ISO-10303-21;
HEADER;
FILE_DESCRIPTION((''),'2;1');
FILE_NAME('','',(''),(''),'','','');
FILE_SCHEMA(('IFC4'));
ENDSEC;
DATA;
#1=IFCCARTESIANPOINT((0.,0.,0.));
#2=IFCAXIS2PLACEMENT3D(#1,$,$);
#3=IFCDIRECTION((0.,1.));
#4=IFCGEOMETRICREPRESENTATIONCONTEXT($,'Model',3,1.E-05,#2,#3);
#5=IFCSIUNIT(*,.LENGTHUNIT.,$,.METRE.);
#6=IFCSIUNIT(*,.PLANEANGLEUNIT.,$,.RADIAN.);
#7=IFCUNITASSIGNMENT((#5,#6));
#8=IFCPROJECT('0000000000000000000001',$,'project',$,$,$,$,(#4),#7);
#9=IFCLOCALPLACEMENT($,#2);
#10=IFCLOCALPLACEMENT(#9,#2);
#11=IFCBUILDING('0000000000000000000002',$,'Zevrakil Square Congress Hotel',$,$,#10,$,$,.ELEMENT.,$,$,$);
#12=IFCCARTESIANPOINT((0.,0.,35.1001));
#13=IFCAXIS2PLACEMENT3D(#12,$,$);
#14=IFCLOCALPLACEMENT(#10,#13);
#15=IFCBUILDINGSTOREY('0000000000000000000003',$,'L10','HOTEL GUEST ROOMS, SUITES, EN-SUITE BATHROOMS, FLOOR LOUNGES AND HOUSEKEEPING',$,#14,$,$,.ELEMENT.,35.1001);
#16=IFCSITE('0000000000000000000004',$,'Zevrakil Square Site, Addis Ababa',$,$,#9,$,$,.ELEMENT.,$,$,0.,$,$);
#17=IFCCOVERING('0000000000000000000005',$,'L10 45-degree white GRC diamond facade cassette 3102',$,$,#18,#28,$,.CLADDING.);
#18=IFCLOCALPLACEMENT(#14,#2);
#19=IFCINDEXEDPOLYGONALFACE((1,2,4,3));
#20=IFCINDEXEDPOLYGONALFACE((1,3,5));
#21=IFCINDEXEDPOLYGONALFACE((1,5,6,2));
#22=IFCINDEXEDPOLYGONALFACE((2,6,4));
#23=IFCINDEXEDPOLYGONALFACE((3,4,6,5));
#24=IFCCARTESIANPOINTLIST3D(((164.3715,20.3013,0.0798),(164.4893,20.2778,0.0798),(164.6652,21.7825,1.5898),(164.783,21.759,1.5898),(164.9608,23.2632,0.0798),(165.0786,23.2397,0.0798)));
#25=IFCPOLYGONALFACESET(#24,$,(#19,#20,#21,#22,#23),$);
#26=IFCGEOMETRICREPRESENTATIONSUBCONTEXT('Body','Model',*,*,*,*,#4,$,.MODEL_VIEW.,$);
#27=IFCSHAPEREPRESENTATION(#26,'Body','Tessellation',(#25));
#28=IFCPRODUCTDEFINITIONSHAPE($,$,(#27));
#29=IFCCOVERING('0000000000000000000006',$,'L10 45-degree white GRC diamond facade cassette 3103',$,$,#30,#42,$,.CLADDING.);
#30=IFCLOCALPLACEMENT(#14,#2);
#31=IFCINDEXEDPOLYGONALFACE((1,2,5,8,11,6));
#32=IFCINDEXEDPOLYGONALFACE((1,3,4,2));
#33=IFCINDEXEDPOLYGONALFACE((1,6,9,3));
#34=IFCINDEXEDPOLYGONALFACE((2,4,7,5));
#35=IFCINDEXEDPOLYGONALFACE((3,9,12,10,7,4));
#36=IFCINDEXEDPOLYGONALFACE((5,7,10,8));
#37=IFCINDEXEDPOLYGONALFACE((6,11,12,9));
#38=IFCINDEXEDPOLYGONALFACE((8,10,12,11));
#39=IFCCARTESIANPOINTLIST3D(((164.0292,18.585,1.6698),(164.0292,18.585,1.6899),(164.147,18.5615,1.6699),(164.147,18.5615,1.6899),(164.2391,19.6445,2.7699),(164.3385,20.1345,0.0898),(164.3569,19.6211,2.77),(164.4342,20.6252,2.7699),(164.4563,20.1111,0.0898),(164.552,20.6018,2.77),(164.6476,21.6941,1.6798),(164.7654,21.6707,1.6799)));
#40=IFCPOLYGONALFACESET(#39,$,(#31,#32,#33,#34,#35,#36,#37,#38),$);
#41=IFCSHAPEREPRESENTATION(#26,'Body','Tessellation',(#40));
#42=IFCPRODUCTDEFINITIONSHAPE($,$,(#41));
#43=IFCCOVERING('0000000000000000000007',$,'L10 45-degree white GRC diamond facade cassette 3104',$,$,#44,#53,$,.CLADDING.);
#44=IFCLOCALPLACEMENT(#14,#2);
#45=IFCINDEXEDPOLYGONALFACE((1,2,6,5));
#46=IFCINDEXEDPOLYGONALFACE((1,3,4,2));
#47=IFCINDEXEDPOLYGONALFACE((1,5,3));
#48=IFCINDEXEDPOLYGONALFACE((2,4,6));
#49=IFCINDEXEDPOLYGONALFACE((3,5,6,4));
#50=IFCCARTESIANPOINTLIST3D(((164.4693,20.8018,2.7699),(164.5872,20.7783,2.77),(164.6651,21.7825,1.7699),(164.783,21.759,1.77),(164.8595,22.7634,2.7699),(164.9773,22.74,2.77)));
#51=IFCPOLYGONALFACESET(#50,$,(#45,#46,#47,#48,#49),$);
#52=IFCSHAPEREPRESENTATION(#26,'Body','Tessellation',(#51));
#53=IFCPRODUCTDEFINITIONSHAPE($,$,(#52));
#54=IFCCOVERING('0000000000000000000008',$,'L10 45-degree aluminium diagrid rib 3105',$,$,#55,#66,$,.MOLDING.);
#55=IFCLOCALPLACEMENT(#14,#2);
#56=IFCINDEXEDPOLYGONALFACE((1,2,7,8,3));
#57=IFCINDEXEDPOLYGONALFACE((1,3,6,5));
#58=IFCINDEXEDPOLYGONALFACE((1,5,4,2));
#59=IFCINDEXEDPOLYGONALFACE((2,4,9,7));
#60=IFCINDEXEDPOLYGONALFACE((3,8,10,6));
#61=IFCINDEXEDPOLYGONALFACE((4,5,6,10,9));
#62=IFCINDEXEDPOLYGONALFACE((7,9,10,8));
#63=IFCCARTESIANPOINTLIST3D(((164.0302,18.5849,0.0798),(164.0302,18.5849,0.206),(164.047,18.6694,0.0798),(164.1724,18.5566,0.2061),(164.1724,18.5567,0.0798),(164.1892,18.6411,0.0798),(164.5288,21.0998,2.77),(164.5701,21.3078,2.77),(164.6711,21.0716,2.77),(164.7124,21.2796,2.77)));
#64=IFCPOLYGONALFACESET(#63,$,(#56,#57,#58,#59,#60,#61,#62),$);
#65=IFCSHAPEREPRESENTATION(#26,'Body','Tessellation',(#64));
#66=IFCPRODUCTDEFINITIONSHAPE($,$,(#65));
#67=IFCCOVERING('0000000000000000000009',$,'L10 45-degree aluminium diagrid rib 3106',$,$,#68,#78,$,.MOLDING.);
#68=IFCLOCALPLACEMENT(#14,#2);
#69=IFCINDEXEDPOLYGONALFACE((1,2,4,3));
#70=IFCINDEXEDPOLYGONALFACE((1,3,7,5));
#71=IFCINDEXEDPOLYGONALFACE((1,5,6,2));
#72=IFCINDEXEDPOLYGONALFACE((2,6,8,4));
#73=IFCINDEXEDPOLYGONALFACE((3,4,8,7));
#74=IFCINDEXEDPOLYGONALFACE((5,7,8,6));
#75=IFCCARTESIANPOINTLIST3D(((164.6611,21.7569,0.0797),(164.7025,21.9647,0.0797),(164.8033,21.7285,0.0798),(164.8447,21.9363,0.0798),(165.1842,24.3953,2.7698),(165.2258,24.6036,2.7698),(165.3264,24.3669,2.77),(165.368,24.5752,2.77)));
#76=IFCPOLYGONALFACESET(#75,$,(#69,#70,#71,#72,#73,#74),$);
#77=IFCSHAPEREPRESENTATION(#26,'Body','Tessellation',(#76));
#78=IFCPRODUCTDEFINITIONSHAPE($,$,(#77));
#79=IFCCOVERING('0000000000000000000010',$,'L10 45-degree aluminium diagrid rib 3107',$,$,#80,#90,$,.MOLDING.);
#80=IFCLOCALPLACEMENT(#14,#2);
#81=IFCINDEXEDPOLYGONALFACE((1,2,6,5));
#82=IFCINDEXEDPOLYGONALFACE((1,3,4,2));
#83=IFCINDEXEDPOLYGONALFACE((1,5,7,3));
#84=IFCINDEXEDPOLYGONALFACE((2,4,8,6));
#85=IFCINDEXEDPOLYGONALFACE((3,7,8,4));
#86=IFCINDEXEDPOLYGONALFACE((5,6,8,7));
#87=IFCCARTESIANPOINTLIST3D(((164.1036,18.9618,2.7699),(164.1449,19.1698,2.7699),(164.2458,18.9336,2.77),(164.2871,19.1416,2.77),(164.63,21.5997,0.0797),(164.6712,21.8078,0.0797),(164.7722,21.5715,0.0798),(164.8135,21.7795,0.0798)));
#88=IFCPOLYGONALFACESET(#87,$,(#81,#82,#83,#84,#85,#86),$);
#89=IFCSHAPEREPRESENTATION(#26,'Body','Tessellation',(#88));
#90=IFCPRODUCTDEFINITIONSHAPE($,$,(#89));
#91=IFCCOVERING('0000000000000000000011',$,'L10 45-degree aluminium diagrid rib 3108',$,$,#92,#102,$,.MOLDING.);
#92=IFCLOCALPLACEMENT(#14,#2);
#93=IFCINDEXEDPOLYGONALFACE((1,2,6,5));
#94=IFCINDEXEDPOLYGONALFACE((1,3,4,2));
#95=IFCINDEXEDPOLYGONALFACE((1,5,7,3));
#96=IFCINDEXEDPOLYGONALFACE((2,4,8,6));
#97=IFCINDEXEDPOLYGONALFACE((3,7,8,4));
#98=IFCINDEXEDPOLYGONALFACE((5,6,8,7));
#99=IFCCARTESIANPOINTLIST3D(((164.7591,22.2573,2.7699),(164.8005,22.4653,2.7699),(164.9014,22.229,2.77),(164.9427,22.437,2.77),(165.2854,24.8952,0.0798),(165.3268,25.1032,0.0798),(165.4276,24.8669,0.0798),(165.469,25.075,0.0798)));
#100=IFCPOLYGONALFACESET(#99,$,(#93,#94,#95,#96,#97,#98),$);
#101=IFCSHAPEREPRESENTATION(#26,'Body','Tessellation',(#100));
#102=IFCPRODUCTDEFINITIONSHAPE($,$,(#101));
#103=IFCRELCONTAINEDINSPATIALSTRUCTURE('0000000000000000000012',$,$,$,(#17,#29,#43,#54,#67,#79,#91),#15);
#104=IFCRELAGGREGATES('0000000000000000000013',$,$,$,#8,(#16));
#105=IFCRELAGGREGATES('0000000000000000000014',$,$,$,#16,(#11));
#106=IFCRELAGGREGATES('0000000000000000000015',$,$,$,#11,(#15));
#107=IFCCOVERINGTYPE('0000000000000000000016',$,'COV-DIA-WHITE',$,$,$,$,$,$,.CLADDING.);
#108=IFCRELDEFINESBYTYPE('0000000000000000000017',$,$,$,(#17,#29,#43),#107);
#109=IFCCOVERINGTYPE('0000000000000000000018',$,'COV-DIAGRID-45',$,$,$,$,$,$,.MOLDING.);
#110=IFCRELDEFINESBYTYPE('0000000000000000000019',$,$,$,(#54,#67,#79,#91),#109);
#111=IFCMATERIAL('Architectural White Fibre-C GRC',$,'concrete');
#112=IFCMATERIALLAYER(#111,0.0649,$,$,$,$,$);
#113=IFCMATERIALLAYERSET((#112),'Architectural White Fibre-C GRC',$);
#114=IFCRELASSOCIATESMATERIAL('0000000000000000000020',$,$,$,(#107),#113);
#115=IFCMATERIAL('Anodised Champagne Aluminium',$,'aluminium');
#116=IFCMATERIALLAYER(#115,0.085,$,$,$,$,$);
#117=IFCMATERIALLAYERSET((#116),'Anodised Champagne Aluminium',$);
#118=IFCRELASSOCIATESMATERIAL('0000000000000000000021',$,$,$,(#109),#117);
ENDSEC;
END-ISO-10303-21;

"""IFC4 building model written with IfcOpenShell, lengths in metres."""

from ifc_helpers import new_model, si_unit, direction, frame, origin, place, context, subcontext, project, spatial, polyline, outline, extrude, material, layer, layer_set, type_object, element, save


model = new_model("IFC4")

# Units and contexts
model_context = context("Model", 3, precision=1e-05, world=origin(), true_north=direction((0.0, 1.0)))
body_context = subcontext(model_context, "Body", "Model", "MODEL_VIEW")
ifc_project = project(units=[si_unit("LENGTHUNIT", "METRE"), si_unit("PLANEANGLEUNIT", "RADIAN")], contexts=[model_context])

# Site, building, storey
site_placement = place(None, origin())
site = spatial("IfcSite", under=ifc_project, at=site_placement, Name="Zevrakil Square Site, Addis Ababa", CompositionType="ELEMENT", RefElevation=0.0)
building_placement = place(site_placement, origin())
building = spatial("IfcBuilding", under=site, at=building_placement, Name="Zevrakil Square Congress Hotel", CompositionType="ELEMENT")
storey_placement = place(building_placement, frame((0.0, 0.0, 35.1001)))
storey = spatial("IfcBuildingStorey", under=building, at=storey_placement, Name="L10", Description="HOTEL GUEST ROOMS, SUITES, EN-SUITE BATHROOMS, FLOOR LOUNGES AND HOUSEKEEPING", CompositionType="ELEMENT", Elevation=35.1001)

# Coverings
ifc_material_1 = material(Name="Architectural White Fibre-C GRC", Category="concrete")
ifc_layer_1 = layer(ifc_material_1, 0.0649)
ifc_layer_set_1 = layer_set([ifc_layer_1], Name="Architectural White Fibre-C GRC")
covering_type_1 = type_object("IfcCoveringType", Name="COV-DIA-WHITE", PredefinedType="CLADDING", material=ifc_layer_set_1)
covering_1_placement = place(storey_placement, frame((164.783, 21.759, 1.5898), z_axis=(0.980773, -0.195152, 0.000666), x_axis=(0.138452, 0.693403, -0.707123)))
element("IfcCovering", 1, at=covering_1_placement, inside=storey, type_object=covering_type_1, Name="L10 45-degree white GRC diamond facade cassette 3102", PredefinedType="CLADDING", context=body_context, shape_type="SweptSolid", body=[
    extrude(outline(polyline([(0.0, 0.0), (2.1354, 0.0), (0.0, -2.1355), (0.0, 0.0)])), origin(), (0.0, 0.0, -1.0), 0.1201),
])
covering_2_placement = place(storey_placement, frame((164.7654, 21.6707, 1.6799), z_axis=(0.980787, -0.19508, 0.000696), x_axis=(-0.137452, -0.693577, -0.707148)))
element("IfcCovering", 2, at=covering_2_placement, inside=storey, type_object=covering_type_1, Name="L10 45-degree white GRC diamond facade cassette 3103", PredefinedType="CLADDING", context=body_context, shape_type="SweptSolid", body=[
    extrude(outline(polyline([(0.0, 0.0), (2.2486, 0.0), (2.2485, -2.2346), (2.2343, -2.2488), (0.7068, -2.2486), (-0.0002, -1.5415), (0.0, 0.0)])), origin(), (0.0, 0.0, -1.0), 0.1201),
])
covering_3_placement = place(storey_placement, frame((164.783, 21.759, 1.77), z_axis=(0.980791, -0.19506, 0.000742), x_axis=(-0.138447, -0.693445, 0.707083)))
element("IfcCovering", 3, at=covering_3_placement, inside=storey, type_object=covering_type_1, Name="L10 45-degree white GRC diamond facade cassette 3104", PredefinedType="CLADDING", context=body_context, shape_type="SweptSolid", body=[
    extrude(outline(polyline([(0.0, 0.0), (1.4143, 0.0), (-0.0001, -1.4142), (0.0, 0.0)])), origin(), (0.0, 0.0, -1.0), 0.1201),
])
ifc_material_2 = material(Name="Anodised Champagne Aluminium", Category="aluminium")
ifc_layer_2 = layer(ifc_material_2, 0.085)
ifc_layer_set_2 = layer_set([ifc_layer_2], Name="Anodised Champagne Aluminium")
covering_type_2 = type_object("IfcCoveringType", Name="COV-DIAGRID-45", PredefinedType="MOLDING", material=ifc_layer_set_2)
covering_4_placement = place(storey_placement, frame((164.1892, 18.6411, 0.0798), z_axis=(0.980855, -0.194739, 0.000253), x_axis=(-0.194739, -0.980855, 0.0)))
element("IfcCovering", 4, at=covering_4_placement, inside=storey, type_object=covering_type_2, Name="L10 45-degree aluminium diagrid rib 3105", PredefinedType="MOLDING", context=body_context, shape_type="SweptSolid", body=[
    extrude(outline(polyline([(0.0, 0.0), (0.0861, 0.0), (0.0861, -0.1262), (-2.4777, -2.6902), (-2.6898, -2.6902), (0.0, 0.0)])), origin(), (0.0, 0.0, -1.0), 0.145),
])
covering_5_placement = place(storey_placement, frame((164.8447, 21.9363, 0.0798), z_axis=(0.980668, -0.195673, 0.001204), x_axis=(-0.195673, -0.980669, 0.0)))
element("IfcCovering", 5, at=covering_5_placement, inside=storey, type_object=covering_type_2, Name="L10 45-degree aluminium diagrid rib 3106", PredefinedType="MOLDING", context=body_context, shape_type="SweptSolid", body=[
    extrude(outline(polyline([(0.0, 0.0), (0.2119, 0.0), (-2.4779, -2.6902), (-2.6903, -2.6902), (0.0, 0.0)])), origin(), (0.0, 0.0, -1.0), 0.145),
])
covering_6_placement = place(storey_placement, frame((164.2458, 18.9336, 2.77), z_axis=(0.980889, -0.194566, 0.001135), x_axis=(0.194566, 0.980889, 0.0)))
element("IfcCovering", 6, at=covering_6_placement, inside=storey, type_object=covering_type_2, Name="L10 45-degree aluminium diagrid rib 3107", PredefinedType="MOLDING", context=body_context, shape_type="SweptSolid", body=[
    extrude(outline(polyline([(0.0, 0.0), (0.2121, 0.0), (2.902, -2.6902), (2.6899, -2.6902), (0.0, 0.0)])), origin(), (0.0, 0.0, -1.0), 0.145),
])
covering_7_placement = place(storey_placement, frame((164.9014, 22.229, 2.77), z_axis=(0.980779, -0.19512, 0.000526), x_axis=(0.19512, 0.980779, 0.0)))
element("IfcCovering", 7, at=covering_7_placement, inside=storey, type_object=covering_type_2, Name="L10 45-degree aluminium diagrid rib 3108", PredefinedType="MOLDING", context=body_context, shape_type="SweptSolid", body=[
    extrude(outline(polyline([(0.0, 0.0), (0.2121, 0.0), (2.902, -2.6902), (2.6899, -2.6902), (0.0, 0.0)])), origin(), (0.0, 0.0, -1.0), 0.145),
])

save(model, "model.ifc")
